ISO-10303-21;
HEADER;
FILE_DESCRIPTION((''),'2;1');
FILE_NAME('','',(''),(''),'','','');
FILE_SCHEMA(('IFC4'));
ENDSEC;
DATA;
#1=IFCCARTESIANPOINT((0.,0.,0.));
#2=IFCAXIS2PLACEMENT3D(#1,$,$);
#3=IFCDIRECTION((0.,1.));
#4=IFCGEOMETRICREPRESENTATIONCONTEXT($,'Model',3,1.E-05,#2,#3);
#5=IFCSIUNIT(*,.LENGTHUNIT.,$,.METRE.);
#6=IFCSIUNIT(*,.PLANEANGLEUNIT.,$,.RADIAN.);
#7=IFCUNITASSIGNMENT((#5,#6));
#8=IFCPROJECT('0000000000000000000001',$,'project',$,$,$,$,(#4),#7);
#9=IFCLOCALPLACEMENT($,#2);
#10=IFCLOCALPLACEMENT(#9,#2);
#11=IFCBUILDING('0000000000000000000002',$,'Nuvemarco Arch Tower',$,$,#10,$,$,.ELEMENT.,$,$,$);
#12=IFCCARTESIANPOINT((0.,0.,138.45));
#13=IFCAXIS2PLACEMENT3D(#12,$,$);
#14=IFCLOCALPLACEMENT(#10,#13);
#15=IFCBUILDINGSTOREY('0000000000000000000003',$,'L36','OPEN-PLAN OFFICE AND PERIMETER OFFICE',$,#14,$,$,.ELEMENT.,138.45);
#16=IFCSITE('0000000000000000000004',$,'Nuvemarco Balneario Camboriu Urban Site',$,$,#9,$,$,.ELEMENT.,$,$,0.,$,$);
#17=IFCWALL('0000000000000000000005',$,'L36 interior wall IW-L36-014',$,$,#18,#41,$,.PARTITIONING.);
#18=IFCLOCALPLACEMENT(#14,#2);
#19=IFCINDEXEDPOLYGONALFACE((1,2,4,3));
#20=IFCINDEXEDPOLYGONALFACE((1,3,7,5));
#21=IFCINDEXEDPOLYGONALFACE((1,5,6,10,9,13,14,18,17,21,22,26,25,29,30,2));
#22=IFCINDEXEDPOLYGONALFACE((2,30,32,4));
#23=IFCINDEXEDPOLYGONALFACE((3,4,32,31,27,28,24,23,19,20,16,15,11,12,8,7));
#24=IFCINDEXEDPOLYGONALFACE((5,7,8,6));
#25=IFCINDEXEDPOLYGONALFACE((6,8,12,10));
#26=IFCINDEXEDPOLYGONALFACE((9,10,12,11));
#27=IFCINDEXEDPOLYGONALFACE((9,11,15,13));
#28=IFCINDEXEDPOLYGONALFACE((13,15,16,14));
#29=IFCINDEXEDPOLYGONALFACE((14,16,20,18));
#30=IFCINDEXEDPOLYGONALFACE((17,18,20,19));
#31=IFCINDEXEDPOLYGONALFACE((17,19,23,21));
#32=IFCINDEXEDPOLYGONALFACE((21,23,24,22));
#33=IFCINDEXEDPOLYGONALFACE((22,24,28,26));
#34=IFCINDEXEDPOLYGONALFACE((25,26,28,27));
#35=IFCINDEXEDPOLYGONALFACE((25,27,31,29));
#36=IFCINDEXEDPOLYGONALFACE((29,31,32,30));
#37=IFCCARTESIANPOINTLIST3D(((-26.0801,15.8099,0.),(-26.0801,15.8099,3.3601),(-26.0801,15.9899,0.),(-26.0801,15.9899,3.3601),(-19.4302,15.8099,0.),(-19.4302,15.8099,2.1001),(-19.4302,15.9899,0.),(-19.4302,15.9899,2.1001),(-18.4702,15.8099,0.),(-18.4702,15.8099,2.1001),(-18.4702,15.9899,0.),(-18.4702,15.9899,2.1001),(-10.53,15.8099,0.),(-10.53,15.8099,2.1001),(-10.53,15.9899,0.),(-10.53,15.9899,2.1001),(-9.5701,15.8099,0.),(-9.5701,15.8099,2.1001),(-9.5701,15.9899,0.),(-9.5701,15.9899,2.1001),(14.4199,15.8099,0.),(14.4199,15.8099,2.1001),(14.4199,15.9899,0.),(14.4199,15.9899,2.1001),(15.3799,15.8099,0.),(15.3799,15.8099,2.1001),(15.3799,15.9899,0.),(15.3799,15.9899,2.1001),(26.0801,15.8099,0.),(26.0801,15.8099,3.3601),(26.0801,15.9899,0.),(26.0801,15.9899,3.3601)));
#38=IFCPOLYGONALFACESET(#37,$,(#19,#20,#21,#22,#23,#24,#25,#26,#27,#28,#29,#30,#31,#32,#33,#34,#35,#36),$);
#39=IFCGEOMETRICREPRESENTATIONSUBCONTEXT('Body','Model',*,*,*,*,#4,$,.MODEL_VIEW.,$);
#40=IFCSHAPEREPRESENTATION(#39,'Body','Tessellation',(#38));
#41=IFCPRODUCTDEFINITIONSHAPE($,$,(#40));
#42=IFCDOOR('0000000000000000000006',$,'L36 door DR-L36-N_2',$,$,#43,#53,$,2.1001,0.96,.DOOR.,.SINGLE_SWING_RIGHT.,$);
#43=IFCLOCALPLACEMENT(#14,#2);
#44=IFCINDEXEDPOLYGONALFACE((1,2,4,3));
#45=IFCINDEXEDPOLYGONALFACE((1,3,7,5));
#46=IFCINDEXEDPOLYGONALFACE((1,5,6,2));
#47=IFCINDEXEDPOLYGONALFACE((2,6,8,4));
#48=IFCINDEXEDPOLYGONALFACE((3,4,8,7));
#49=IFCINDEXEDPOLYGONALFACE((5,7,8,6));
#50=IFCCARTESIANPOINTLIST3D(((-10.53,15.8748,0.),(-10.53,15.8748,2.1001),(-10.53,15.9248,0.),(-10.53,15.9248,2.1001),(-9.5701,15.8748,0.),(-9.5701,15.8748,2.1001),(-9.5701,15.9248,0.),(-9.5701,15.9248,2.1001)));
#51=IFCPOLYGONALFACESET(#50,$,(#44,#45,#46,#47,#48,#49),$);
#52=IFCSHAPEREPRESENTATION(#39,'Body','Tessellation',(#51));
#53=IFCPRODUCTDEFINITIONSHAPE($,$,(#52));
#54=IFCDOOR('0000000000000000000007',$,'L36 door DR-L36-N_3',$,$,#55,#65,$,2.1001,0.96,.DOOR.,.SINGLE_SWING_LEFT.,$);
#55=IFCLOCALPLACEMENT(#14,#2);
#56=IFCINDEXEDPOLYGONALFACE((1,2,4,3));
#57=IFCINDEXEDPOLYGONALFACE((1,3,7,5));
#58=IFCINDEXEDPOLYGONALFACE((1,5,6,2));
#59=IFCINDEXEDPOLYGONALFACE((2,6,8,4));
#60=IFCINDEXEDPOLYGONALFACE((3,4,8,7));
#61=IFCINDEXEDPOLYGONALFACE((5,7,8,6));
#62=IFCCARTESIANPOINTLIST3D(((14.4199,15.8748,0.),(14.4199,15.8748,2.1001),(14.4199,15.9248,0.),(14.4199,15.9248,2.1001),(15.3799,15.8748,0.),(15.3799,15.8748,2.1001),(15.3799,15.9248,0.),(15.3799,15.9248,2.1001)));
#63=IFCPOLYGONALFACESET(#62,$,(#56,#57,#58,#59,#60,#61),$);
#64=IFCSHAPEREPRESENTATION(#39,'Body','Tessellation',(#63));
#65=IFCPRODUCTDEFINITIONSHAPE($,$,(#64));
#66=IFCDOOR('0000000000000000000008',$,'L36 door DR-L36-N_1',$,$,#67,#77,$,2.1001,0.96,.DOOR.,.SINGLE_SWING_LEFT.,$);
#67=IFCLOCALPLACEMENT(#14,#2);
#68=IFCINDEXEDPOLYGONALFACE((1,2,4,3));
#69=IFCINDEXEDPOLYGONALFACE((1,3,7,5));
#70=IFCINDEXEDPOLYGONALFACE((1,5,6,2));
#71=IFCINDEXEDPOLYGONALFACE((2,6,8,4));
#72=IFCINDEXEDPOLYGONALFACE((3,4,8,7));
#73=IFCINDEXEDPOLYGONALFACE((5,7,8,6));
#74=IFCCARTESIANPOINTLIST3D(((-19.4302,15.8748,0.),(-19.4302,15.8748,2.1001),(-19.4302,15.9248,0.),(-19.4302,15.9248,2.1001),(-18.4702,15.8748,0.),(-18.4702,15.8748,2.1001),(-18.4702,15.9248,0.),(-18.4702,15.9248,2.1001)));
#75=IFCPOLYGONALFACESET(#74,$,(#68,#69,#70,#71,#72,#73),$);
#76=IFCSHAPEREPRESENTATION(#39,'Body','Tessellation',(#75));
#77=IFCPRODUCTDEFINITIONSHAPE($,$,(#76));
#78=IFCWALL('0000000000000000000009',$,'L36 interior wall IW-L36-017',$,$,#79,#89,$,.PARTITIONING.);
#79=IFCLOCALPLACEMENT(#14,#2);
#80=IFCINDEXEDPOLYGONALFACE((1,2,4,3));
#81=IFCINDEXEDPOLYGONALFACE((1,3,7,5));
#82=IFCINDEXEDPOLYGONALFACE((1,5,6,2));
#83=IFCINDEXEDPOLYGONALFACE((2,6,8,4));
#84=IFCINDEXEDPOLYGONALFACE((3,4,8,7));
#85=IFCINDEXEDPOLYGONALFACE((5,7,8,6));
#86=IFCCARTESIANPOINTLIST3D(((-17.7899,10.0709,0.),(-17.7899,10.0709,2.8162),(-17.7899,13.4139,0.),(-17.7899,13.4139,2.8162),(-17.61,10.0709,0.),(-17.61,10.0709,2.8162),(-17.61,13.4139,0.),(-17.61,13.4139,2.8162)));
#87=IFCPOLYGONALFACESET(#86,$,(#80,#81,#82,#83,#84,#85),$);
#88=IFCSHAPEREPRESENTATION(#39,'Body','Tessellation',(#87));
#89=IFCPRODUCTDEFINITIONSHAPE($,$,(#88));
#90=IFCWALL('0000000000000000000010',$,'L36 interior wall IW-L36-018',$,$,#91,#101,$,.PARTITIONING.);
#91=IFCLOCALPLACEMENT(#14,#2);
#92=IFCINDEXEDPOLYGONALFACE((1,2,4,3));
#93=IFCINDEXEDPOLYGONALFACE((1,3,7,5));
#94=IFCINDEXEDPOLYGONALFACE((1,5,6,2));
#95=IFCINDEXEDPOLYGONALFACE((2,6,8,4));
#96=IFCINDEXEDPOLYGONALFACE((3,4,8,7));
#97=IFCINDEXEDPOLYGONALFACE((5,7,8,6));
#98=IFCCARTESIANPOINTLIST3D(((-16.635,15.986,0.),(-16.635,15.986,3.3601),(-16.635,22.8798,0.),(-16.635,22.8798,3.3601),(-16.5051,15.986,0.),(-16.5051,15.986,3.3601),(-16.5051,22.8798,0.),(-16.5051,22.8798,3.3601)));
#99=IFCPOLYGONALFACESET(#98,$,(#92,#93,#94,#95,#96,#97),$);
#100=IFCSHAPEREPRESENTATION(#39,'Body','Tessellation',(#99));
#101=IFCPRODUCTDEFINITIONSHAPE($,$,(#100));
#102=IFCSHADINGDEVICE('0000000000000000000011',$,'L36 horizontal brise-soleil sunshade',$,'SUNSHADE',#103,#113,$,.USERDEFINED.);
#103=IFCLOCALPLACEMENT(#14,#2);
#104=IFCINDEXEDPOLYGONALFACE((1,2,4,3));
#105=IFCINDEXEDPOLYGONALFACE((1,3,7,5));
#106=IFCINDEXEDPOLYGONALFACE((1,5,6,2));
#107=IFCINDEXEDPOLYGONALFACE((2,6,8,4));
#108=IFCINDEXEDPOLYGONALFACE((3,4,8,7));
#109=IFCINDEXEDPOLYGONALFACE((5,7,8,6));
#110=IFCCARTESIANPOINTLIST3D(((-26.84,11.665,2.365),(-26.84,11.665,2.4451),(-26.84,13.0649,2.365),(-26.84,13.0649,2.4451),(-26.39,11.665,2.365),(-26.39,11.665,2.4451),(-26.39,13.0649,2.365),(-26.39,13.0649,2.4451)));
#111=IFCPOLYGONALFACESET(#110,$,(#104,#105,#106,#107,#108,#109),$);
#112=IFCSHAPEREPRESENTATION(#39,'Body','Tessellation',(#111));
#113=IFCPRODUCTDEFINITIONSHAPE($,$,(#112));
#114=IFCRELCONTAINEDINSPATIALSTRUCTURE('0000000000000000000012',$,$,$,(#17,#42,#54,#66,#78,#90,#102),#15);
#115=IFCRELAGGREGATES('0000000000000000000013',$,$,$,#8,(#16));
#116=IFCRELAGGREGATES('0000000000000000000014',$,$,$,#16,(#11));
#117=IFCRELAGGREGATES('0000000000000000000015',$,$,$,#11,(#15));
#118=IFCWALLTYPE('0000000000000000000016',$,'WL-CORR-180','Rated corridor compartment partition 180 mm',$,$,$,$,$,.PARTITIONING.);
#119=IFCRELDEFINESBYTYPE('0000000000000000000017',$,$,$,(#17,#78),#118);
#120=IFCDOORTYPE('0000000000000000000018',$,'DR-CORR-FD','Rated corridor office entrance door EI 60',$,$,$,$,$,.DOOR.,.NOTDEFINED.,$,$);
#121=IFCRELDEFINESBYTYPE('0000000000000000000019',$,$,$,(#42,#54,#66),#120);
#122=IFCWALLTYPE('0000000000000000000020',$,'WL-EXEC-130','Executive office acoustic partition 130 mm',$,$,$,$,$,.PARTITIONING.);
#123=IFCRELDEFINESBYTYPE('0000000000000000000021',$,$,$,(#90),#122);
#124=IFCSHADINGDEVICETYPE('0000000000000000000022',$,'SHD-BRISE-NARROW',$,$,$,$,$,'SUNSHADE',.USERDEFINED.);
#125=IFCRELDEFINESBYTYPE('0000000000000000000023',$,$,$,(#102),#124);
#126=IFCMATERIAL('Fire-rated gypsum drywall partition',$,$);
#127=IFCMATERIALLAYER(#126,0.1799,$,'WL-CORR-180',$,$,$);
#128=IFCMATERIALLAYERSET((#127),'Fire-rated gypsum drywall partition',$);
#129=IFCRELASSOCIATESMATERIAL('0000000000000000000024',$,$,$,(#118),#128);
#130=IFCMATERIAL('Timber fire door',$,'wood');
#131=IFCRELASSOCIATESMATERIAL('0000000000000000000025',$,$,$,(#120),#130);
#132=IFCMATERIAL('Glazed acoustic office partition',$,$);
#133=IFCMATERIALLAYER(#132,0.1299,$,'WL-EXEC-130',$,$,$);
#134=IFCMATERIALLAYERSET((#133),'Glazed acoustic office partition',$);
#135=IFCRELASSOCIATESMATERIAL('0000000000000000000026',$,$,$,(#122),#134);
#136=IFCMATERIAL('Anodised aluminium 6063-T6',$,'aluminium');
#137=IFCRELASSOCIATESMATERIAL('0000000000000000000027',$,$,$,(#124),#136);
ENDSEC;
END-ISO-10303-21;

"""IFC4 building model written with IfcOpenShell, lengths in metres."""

from ifc_helpers import new_model, si_unit, direction, frame, frame_2d, origin, origin_2d, place, context, subcontext, project, spatial, rectangle, extrude, source, transform, mapped, material, layer, layer_set, type_object, type_shapes, element, fill, save


model = new_model("IFC4")

# Units and contexts
model_context = context("Model", 3, precision=1e-05, world=origin(), true_north=direction((0.0, 1.0)))
body_context = subcontext(model_context, "Body", "Model", "MODEL_VIEW")
ifc_project = project(units=[si_unit("LENGTHUNIT", "METRE"), si_unit("PLANEANGLEUNIT", "RADIAN")], contexts=[model_context])

# Site, building, storey
site_placement = place(None, origin())
site = spatial("IfcSite", under=ifc_project, at=site_placement, Name="Nuvemarco Balneario Camboriu Urban Site", CompositionType="ELEMENT", RefElevation=0.0)
building_placement = place(site_placement, origin())
building = spatial("IfcBuilding", under=site, at=building_placement, Name="Nuvemarco Arch Tower", CompositionType="ELEMENT")
storey_placement = place(building_placement, frame((0.0, 0.0, 138.45)))
storey = spatial("IfcBuildingStorey", under=building, at=storey_placement, Name="L36", Description="OPEN-PLAN OFFICE AND PERIMETER OFFICE", CompositionType="ELEMENT", Elevation=138.45)

# Wall, openings, doors
ifc_material_1 = material(Name="Fire-rated gypsum drywall partition")
ifc_layer_1 = layer(ifc_material_1, 0.1799, Name="WL-CORR-180")
ifc_layer_set_1 = layer_set([ifc_layer_1], Name="Fire-rated gypsum drywall partition")
wall_type_1 = type_object("IfcWallType", Name="WL-CORR-180", Description="Rated corridor compartment partition 180 mm", PredefinedType="PARTITIONING", material=ifc_layer_set_1)
ifc_material_2 = material(Name="Timber fire door", Category="wood")
door_type_1 = type_object("IfcDoorType", Name="DR-CORR-FD", Description="Rated corridor office entrance door EI 60", OperationType="NOTDEFINED", PredefinedType="DOOR", material=ifc_material_2)
shared_shape_1 = source(origin(), body_context, "Body", "SweptSolid", [
    extrude(rectangle(XDim=0.96, YDim=2.1001, at=frame_2d((0.48, 1.05))), frame((0.0, 0.0249, 0.0), z_axis=(0.0, -1.0, 0.0), x_axis=(1.0, 0.0, 0.0)), (0.0, 0.0, 1.0), 0.05),
])
type_shapes(door_type_1, [shared_shape_1])
wall_1_placement = place(storey_placement, frame((-26.0801, 15.8999, 0.0), z_axis=(0.0, 0.0, 1.0), x_axis=(1.0, 0.0, 0.0)))
wall_1 = element("IfcWall", 1, at=wall_1_placement, inside=storey, type_object=wall_type_1, Name="L36 interior wall IW-L36-014", PredefinedType="PARTITIONING", context=body_context, shape_type="SweptSolid", body=[
    extrude(rectangle(XDim=52.1602, YDim=0.1799, at=frame_2d((26.0801, 0.0))), origin(), (0.0, 0.0, 1.0), 3.3601),
])
opening_1_placement = place(wall_1_placement, frame((15.55, 0.0, 0.0)))
opening_1 = element("IfcOpeningElement", 2, at=opening_1_placement, cuts=wall_1, PredefinedType="OPENING", context=body_context, shape_type="SweptSolid", body=[
    extrude(rectangle(XDim=0.96, YDim=2.1001, at=frame_2d((0.48, 1.05))), frame((0.0, 0.0999, 0.0), z_axis=(0.0, -1.0, 0.0), x_axis=(1.0, 0.0, 0.0)), (0.0, 0.0, 1.0), 0.2),
])
opening_2_placement = place(wall_1_placement, frame((40.5, 0.0, 0.0)))
opening_2 = element("IfcOpeningElement", 3, at=opening_2_placement, cuts=wall_1, PredefinedType="OPENING", context=body_context, shape_type="SweptSolid", body=[
    extrude(rectangle(XDim=0.96, YDim=2.1001, at=frame_2d((0.48, 1.05))), frame((0.0, 0.0999, 0.0), z_axis=(0.0, -1.0, 0.0), x_axis=(1.0, 0.0, 0.0)), (0.0, 0.0, 1.0), 0.2),
])
opening_3_placement = place(wall_1_placement, frame((6.6499, 0.0, 0.0)))
opening_3 = element("IfcOpeningElement", 4, at=opening_3_placement, cuts=wall_1, PredefinedType="OPENING", context=body_context, shape_type="SweptSolid", body=[
    extrude(rectangle(XDim=0.96, YDim=2.1001, at=frame_2d((0.48, 1.05))), frame((0.0, 0.0999, 0.0), z_axis=(0.0, -1.0, 0.0), x_axis=(1.0, 0.0, 0.0)), (0.0, 0.0, 1.0), 0.2),
])
door_1_placement = place(opening_1_placement, origin())
door_1 = element("IfcDoor", 5, at=door_1_placement, inside=storey, type_object=door_type_1, Name="L36 door DR-L36-N_2", OperationType="SINGLE_SWING_RIGHT", OverallHeight=2.1001, OverallWidth=0.96, PredefinedType="DOOR", context=body_context, shape_type="MappedRepresentation", body=[
    mapped(shared_shape_1, transform((0.0, 0.0, 0.0), scale=1.0)),
])
fill(opening_1, door_1)
door_2_placement = place(opening_2_placement, origin())
door_2 = element("IfcDoor", 6, at=door_2_placement, inside=storey, type_object=door_type_1, Name="L36 door DR-L36-N_3", OperationType="SINGLE_SWING_LEFT", OverallHeight=2.1001, OverallWidth=0.96, PredefinedType="DOOR", context=body_context, shape_type="MappedRepresentation", body=[
    mapped(shared_shape_1, transform((0.0, 0.0, 0.0), scale=1.0)),
])
fill(opening_2, door_2)
door_3_placement = place(opening_3_placement, origin())
door_3 = element("IfcDoor", 7, at=door_3_placement, inside=storey, type_object=door_type_1, Name="L36 door DR-L36-N_1", OperationType="SINGLE_SWING_LEFT", OverallHeight=2.1001, OverallWidth=0.96, PredefinedType="DOOR", context=body_context, shape_type="MappedRepresentation", body=[
    mapped(shared_shape_1, transform((0.0, 0.0, 0.0), scale=1.0)),
])
fill(opening_3, door_3)

# Walls
wall_2_placement = place(storey_placement, frame((-17.7, 10.071, 0.0), z_axis=(0.0, 0.0, 1.0), x_axis=(0.0, 1.0, 0.0)))
element("IfcWall", 8, at=wall_2_placement, inside=storey, type_object=wall_type_1, Name="L36 interior wall IW-L36-017", PredefinedType="PARTITIONING", context=body_context, shape_type="SweptSolid", body=[
    extrude(rectangle(XDim=3.343, YDim=0.1799, at=frame_2d((1.6714, 0.0))), origin(), (0.0, 0.0, 1.0), 2.8162),
])
ifc_material_3 = material(Name="Glazed acoustic office partition")
ifc_layer_2 = layer(ifc_material_3, 0.1299, Name="WL-EXEC-130")
ifc_layer_set_2 = layer_set([ifc_layer_2], Name="Glazed acoustic office partition")
wall_type_2 = type_object("IfcWallType", Name="WL-EXEC-130", Description="Executive office acoustic partition 130 mm", PredefinedType="PARTITIONING", material=ifc_layer_set_2)
wall_3_placement = place(storey_placement, frame((-16.5701, 15.9861, 0.0), z_axis=(0.0, 0.0, 1.0), x_axis=(0.0, 1.0, 0.0)))
element("IfcWall", 9, at=wall_3_placement, inside=storey, type_object=wall_type_2, Name="L36 interior wall IW-L36-018", PredefinedType="PARTITIONING", context=body_context, shape_type="SweptSolid", body=[
    extrude(rectangle(XDim=6.8938, YDim=0.1299, at=frame_2d((3.4468, 0.0))), origin(), (0.0, 0.0, 1.0), 3.3601),
])

# Shading device
ifc_material_4 = material(Name="Anodised aluminium 6063-T6", Category="aluminium")
shading_device_type = type_object("IfcShadingDeviceType", Name="SHD-BRISE-NARROW", ElementType="SUNSHADE", PredefinedType="USERDEFINED", material=ifc_material_4)
shared_shape_2 = source(origin(), body_context, "Body", "SweptSolid", [
    extrude(rectangle(XDim=1.3999, YDim=0.45, at=origin_2d()), origin(), (0.0, 0.0, 1.0), 0.0801),
])
type_shapes(shading_device_type, [shared_shape_2])
shading_device_placement = place(storey_placement, frame((-26.615, 12.365, 2.365), z_axis=(0.0, 0.0, 1.0), x_axis=(0.0, 1.0, 0.0)))
element("IfcShadingDevice", 10, at=shading_device_placement, inside=storey, type_object=shading_device_type, Name="L36 horizontal brise-soleil sunshade", ObjectType="SUNSHADE", PredefinedType="USERDEFINED", context=body_context, shape_type="MappedRepresentation", body=[
    mapped(shared_shape_2, transform((0.0, 0.0, 0.0), scale=1.0)),
])

save(model, "model.ifc")
